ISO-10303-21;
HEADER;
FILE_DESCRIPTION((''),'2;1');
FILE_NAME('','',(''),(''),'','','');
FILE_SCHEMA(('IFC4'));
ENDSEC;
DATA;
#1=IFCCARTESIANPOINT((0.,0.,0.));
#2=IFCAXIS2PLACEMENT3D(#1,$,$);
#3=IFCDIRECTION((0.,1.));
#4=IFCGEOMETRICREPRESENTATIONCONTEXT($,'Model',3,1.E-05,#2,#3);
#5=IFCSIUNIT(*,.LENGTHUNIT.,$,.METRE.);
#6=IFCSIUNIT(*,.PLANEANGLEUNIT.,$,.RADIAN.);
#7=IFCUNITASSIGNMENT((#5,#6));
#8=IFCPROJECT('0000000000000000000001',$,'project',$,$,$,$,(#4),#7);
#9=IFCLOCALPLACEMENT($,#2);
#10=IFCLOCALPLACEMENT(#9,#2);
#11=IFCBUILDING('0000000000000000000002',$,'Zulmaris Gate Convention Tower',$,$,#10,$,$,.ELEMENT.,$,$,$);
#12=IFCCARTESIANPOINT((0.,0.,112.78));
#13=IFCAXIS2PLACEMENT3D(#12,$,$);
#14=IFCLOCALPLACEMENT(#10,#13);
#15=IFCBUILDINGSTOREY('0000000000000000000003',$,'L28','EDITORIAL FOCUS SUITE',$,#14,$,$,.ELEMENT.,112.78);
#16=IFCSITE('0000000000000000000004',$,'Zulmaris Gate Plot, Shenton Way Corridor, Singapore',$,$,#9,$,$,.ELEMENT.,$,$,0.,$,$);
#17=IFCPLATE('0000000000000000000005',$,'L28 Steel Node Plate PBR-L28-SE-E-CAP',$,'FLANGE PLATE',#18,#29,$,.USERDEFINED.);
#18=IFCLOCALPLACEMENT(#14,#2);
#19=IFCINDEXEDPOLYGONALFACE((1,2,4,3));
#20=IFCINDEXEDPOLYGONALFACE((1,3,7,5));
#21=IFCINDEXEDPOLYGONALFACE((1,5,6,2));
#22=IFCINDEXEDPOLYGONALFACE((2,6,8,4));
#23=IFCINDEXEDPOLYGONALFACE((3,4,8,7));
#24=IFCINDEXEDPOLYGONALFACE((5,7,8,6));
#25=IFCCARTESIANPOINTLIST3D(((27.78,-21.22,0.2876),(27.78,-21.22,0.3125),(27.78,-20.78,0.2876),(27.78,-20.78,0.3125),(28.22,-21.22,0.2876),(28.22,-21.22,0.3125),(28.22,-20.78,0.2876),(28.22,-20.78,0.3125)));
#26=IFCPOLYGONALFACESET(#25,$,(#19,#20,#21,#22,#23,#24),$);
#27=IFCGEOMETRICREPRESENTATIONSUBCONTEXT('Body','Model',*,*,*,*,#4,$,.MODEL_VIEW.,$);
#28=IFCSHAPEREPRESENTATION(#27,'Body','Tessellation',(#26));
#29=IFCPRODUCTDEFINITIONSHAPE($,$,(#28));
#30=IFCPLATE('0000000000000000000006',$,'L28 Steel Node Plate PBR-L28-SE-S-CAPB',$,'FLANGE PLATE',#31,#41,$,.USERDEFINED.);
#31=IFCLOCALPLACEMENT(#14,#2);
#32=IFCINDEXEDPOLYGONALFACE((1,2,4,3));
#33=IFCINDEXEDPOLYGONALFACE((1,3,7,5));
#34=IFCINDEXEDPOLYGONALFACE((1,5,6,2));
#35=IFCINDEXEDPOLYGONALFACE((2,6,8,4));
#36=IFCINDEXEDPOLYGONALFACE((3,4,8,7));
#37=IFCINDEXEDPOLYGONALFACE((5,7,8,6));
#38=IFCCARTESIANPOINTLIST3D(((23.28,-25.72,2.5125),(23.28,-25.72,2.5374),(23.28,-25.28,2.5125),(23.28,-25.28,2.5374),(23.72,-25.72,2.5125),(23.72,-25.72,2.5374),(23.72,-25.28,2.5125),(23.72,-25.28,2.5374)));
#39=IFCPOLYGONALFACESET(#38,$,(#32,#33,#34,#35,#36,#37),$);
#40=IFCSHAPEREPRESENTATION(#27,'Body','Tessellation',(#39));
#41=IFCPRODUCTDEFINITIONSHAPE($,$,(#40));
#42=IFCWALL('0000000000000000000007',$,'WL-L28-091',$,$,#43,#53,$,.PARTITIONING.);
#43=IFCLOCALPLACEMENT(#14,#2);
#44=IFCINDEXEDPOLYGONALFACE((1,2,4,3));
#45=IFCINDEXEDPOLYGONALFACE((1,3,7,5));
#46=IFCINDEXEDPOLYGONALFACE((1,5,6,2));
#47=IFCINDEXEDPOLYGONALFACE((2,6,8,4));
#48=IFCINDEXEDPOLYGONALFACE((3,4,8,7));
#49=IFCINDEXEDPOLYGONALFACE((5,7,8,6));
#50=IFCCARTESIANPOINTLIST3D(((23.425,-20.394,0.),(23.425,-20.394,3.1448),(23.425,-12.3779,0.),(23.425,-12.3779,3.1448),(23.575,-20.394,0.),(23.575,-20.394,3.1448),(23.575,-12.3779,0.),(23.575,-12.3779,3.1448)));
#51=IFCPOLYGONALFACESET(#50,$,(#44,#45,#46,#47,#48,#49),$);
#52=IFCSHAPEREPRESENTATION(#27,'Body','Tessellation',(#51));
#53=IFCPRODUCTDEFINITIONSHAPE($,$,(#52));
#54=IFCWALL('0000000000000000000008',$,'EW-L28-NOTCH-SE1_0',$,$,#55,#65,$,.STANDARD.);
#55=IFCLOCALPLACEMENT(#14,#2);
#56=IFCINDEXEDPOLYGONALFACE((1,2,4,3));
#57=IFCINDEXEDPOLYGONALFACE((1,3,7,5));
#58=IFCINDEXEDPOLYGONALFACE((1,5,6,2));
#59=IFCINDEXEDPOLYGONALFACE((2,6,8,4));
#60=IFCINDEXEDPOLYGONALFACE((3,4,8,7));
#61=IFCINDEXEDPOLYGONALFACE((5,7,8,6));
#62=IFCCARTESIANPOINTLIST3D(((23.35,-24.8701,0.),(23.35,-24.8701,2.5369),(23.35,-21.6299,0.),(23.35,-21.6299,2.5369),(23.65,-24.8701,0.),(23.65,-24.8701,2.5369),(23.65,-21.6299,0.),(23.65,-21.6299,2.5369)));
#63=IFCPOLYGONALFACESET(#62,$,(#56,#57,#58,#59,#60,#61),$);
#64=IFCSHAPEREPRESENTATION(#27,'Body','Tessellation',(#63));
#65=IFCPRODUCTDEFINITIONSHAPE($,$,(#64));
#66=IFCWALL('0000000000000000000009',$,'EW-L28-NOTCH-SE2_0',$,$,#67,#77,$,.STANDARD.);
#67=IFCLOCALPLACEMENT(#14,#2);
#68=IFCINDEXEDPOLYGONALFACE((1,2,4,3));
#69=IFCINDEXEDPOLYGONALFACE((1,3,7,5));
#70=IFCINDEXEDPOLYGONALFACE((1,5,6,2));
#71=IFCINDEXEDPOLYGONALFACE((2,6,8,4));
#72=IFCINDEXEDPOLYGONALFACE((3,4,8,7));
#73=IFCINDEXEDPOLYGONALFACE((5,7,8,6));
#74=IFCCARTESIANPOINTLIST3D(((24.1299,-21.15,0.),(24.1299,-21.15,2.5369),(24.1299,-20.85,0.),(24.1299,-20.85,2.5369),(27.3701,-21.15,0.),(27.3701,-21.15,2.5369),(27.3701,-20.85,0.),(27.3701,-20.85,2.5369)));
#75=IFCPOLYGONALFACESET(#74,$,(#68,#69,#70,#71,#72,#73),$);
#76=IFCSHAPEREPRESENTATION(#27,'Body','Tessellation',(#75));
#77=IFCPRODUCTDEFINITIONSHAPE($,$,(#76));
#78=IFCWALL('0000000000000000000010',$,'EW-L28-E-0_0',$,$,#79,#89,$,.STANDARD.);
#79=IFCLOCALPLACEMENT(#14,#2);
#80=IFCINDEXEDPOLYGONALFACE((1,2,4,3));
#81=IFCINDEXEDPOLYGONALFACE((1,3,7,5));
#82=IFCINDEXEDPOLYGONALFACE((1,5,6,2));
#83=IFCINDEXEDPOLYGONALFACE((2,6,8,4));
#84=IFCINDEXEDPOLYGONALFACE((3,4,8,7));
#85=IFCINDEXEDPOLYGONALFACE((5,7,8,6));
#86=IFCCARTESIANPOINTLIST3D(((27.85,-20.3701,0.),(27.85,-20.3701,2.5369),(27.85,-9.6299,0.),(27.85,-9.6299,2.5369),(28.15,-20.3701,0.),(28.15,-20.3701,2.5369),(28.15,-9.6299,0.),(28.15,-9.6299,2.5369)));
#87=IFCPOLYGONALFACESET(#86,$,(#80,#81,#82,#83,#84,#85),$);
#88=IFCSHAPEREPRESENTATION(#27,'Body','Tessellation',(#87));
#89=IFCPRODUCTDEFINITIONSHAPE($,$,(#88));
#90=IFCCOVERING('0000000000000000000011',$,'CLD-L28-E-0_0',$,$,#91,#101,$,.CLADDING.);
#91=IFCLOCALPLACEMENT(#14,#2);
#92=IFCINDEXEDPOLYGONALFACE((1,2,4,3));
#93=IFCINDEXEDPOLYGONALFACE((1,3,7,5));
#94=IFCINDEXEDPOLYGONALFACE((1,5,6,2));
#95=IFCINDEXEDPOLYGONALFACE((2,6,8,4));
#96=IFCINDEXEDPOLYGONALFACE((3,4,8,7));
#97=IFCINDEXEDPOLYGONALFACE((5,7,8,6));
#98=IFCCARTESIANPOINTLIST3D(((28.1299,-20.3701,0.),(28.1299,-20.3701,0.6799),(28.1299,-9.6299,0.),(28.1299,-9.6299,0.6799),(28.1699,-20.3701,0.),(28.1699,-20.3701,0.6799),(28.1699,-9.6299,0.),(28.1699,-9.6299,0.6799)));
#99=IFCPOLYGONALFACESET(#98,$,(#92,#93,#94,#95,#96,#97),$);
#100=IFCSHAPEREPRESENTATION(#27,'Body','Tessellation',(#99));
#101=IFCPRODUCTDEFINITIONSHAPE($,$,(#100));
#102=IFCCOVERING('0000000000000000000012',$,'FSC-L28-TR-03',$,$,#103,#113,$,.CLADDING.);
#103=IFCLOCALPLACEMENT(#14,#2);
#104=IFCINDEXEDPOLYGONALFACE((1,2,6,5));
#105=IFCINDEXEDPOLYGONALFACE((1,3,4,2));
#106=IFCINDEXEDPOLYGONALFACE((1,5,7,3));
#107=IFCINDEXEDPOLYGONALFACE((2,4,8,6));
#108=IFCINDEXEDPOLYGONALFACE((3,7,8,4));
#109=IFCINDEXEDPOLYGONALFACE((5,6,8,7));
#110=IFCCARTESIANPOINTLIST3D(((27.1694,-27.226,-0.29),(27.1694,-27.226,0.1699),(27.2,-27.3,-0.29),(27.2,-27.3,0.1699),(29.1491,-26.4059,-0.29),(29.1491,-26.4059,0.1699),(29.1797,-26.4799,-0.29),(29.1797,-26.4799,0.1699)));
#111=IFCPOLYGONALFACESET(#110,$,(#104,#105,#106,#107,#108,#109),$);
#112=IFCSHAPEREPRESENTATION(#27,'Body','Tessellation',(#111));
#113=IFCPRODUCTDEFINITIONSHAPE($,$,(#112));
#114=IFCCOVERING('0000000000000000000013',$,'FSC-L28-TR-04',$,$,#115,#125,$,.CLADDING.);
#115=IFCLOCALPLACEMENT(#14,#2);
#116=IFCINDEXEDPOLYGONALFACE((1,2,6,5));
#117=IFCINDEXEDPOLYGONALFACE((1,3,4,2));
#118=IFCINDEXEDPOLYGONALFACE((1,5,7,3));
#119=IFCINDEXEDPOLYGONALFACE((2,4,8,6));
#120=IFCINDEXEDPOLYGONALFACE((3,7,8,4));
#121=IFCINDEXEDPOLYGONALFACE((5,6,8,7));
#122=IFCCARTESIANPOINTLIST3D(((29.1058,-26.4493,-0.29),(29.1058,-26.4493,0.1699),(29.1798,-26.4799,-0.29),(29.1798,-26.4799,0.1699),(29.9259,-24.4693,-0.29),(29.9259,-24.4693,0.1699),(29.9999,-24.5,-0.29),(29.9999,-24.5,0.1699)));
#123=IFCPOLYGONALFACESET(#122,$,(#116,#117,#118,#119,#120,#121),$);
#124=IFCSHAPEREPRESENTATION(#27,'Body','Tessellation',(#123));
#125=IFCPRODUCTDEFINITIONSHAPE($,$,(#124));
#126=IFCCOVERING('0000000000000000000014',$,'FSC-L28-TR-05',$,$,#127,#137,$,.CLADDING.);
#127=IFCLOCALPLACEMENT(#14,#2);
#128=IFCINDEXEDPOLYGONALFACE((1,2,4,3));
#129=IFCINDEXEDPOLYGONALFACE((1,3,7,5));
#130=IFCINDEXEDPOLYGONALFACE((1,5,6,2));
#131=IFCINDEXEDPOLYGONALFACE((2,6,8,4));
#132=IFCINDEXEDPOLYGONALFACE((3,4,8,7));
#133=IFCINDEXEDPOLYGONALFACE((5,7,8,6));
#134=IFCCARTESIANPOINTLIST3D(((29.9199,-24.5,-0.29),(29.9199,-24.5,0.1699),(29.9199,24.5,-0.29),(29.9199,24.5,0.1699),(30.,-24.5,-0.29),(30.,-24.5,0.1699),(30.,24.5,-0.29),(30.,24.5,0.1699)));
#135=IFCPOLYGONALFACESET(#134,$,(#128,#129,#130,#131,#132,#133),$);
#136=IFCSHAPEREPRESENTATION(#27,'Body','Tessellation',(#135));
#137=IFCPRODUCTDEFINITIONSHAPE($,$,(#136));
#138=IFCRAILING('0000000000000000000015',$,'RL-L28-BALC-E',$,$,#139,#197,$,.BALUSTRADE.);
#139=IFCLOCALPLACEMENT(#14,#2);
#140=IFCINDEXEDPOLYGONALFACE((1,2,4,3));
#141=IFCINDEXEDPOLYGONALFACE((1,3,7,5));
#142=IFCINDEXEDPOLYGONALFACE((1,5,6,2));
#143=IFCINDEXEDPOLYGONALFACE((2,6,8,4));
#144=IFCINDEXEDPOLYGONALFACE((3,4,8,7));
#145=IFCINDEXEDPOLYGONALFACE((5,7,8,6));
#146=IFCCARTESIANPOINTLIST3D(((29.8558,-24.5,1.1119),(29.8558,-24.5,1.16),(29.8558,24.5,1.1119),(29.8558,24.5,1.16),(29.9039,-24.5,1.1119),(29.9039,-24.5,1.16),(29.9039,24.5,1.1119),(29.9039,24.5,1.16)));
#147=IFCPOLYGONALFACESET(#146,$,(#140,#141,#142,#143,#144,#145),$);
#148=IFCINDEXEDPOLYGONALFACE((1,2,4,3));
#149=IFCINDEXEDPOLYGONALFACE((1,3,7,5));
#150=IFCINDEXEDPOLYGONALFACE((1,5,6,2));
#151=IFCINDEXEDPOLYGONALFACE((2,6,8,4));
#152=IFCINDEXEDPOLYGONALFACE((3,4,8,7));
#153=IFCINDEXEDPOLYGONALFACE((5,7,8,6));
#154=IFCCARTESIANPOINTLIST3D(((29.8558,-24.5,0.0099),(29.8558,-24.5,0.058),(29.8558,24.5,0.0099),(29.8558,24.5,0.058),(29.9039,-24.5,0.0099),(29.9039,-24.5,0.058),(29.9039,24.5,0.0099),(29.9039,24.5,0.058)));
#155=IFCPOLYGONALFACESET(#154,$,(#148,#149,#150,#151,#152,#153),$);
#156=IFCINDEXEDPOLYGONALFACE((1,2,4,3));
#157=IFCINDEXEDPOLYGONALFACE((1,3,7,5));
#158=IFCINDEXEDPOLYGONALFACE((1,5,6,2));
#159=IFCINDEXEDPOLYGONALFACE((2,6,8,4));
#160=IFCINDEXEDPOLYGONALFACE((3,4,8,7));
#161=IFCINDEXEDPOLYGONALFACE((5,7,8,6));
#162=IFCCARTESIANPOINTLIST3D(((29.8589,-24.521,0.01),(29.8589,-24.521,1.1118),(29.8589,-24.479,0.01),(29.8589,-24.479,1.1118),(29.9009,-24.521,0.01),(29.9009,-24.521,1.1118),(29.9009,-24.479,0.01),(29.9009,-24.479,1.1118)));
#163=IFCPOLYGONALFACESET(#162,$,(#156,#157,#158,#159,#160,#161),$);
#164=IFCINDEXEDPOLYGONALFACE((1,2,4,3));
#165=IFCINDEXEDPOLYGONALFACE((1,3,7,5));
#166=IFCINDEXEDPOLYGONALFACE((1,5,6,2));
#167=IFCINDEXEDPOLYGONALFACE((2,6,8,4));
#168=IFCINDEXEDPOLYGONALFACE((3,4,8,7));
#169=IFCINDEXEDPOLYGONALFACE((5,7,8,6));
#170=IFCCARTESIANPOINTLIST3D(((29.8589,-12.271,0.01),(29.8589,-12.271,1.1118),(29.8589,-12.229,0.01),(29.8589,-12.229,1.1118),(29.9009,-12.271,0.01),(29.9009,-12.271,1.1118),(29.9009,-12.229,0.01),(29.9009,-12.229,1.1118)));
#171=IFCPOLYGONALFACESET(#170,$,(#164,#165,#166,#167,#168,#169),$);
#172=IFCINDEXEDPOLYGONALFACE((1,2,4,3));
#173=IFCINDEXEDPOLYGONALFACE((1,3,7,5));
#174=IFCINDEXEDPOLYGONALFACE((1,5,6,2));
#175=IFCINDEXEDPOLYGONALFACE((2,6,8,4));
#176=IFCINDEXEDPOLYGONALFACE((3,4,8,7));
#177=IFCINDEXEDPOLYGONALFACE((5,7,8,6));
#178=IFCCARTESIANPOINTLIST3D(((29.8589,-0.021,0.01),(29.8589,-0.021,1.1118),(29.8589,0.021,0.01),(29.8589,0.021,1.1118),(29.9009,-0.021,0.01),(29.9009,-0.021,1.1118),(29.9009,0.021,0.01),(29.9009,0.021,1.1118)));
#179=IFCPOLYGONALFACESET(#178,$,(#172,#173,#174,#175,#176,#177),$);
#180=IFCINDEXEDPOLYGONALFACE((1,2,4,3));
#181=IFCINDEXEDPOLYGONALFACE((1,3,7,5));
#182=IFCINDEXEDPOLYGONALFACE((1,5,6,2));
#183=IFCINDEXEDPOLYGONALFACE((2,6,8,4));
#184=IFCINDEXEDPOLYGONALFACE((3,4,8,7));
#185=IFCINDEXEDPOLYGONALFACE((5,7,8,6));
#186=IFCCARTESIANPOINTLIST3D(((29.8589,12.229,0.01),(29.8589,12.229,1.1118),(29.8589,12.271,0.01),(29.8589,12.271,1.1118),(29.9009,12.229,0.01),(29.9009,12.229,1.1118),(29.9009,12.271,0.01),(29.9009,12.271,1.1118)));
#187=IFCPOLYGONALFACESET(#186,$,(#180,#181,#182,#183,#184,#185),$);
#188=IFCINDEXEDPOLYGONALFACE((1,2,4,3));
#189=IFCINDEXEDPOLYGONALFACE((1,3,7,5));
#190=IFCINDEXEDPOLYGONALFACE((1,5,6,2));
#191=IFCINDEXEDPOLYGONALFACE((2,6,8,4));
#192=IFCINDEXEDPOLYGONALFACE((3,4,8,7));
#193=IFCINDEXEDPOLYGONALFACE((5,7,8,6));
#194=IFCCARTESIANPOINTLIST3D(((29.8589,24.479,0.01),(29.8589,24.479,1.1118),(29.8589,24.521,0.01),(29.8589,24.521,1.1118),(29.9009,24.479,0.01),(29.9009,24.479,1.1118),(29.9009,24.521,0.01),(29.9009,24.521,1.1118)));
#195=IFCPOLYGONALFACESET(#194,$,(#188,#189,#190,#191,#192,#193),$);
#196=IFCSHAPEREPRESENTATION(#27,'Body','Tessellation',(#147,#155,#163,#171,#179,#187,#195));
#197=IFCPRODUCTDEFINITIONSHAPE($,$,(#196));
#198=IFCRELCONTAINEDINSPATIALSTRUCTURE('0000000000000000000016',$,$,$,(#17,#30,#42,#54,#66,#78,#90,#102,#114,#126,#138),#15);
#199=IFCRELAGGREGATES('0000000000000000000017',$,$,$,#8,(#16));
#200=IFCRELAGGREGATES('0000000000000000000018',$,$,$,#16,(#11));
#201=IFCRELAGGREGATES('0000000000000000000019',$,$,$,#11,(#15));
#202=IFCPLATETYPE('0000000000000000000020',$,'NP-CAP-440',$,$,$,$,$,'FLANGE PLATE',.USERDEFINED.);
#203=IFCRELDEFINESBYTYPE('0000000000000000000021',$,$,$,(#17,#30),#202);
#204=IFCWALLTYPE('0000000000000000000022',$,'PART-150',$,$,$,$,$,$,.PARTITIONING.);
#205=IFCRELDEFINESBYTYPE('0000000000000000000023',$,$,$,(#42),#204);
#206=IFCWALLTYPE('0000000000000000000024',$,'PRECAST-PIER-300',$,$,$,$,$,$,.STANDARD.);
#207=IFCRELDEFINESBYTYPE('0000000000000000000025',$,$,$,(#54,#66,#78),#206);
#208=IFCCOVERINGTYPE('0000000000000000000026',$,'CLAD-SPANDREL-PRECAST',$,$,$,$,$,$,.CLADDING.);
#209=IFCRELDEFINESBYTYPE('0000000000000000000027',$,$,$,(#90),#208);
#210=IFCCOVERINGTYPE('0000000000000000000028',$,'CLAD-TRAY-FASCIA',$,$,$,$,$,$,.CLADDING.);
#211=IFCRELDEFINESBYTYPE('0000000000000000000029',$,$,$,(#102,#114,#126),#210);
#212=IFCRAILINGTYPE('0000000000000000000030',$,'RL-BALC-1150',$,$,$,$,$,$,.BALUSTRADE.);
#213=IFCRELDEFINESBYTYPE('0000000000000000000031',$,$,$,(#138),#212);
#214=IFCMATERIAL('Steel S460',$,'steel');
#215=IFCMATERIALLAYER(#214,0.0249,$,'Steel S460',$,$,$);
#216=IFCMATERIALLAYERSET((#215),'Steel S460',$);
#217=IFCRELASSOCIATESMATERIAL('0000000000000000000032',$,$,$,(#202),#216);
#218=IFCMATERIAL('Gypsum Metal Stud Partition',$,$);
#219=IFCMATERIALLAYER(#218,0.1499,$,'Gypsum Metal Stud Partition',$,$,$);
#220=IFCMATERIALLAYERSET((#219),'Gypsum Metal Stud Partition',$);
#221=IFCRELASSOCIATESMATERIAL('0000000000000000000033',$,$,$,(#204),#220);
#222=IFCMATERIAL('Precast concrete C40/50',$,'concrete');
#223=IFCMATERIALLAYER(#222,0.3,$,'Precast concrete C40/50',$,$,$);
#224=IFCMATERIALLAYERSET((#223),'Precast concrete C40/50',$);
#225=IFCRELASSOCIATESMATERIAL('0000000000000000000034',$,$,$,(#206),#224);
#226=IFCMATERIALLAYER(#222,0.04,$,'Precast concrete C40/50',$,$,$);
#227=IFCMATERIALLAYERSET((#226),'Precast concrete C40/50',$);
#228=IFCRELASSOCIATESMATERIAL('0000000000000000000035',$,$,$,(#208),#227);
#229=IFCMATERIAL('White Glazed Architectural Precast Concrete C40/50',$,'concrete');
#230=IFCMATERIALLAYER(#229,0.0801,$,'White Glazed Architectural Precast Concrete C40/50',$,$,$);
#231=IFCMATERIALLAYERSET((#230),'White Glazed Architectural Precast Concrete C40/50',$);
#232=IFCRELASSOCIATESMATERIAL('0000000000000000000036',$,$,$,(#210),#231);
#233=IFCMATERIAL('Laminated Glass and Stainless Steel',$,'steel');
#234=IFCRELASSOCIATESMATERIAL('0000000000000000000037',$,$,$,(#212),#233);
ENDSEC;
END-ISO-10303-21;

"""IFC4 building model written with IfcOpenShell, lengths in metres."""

from ifc_helpers import new_model, si_unit, direction, frame, frame_2d, origin, origin_2d, place, context, subcontext, project, spatial, rectangle, extrude, material, layer, layer_set, type_object, element, save


model = new_model("IFC4")

# Units and contexts
model_context = context("Model", 3, precision=1e-05, world=origin(), true_north=direction((0.0, 1.0)))
body_context = subcontext(model_context, "Body", "Model", "MODEL_VIEW")
ifc_project = project(units=[si_unit("LENGTHUNIT", "METRE"), si_unit("PLANEANGLEUNIT", "RADIAN")], contexts=[model_context])

# Site, building, storey
site_placement = place(None, origin())
site = spatial("IfcSite", under=ifc_project, at=site_placement, Name="Zulmaris Gate Plot, Shenton Way Corridor, Singapore", CompositionType="ELEMENT", RefElevation=0.0)
building_placement = place(site_placement, origin())
building = spatial("IfcBuilding", under=site, at=building_placement, Name="Zulmaris Gate Convention Tower", CompositionType="ELEMENT")
storey_placement = place(building_placement, frame((0.0, 0.0, 112.78)))
storey = spatial("IfcBuildingStorey", under=building, at=storey_placement, Name="L28", Description="EDITORIAL FOCUS SUITE", CompositionType="ELEMENT", Elevation=112.78)

# Shared definitions
ifc_material_1 = material(Name="Steel S460", Category="steel")

# Plates
ifc_layer_1 = layer(ifc_material_1, 0.0249, Name="Steel S460")
ifc_layer_set_1 = layer_set([ifc_layer_1], Name="Steel S460")
plate_type = type_object("IfcPlateType", Name="NP-CAP-440", ElementType="FLANGE PLATE", PredefinedType="USERDEFINED", material=ifc_layer_set_1)
for number, where, z_axis, x_axis, name in (
    (1, (28.0, -21.0, 0.2876), (0.0, 0.0, 1.0), (1.0, 0.0, 0.0), "L28 Steel Node Plate PBR-L28-SE-E-CAP"),
    (2, (23.5, -25.5, 2.5125), (0.0, 0.0, 1.0), (1.0, 0.0, 0.0), "L28 Steel Node Plate PBR-L28-SE-S-CAPB"),
):
    element("IfcPlate", number, at=place(storey_placement, frame(where, z_axis=z_axis, x_axis=x_axis)), inside=storey, type_object=plate_type, Name=name, ObjectType="FLANGE PLATE", PredefinedType="USERDEFINED", context=body_context, shape_type="SweptSolid", body=[
        extrude(rectangle(XDim=0.4399, YDim=0.4399, at=origin_2d()), origin(), (0.0, 0.0, 1.0), 0.0249),
    ])

# Shared definitions
ifc_material_2 = material(Name="Gypsum Metal Stud Partition")
ifc_layer_2 = layer(ifc_material_2, 0.1499, Name="Gypsum Metal Stud Partition")
ifc_layer_set_2 = layer_set([ifc_layer_2], Name="Gypsum Metal Stud Partition")
wall_type_1 = type_object("IfcWallType", Name="PART-150", PredefinedType="PARTITIONING", material=ifc_layer_set_2)

# Walls
wall_1_placement = place(storey_placement, frame((23.5, -20.394, 0.0), z_axis=(0.0, 0.0, 1.0), x_axis=(0.0, 1.0, 0.0)))
element("IfcWall", 3, at=wall_1_placement, inside=storey, type_object=wall_type_1, Name="WL-L28-091", PredefinedType="PARTITIONING", context=body_context, shape_type="SweptSolid", body=[
    extrude(rectangle(XDim=8.0161, YDim=0.1499, at=frame_2d((4.0081, 0.0))), origin(), (0.0, 0.0, 1.0), 3.1448),
])
ifc_material_3 = material(Name="Precast concrete C40/50", Category="concrete")
ifc_layer_3 = layer(ifc_material_3, 0.3, Name="Precast concrete C40/50")
ifc_layer_set_3 = layer_set([ifc_layer_3], Name="Precast concrete C40/50")
wall_type_2 = type_object("IfcWallType", Name="PRECAST-PIER-300", PredefinedType="STANDARD", material=ifc_layer_set_3)
for number, where, z_axis, x_axis, name in (
    (4, (23.5, -24.8701, 0.0), (0.0, 0.0, 1.0), (0.0, 1.0, 0.0), "EW-L28-NOTCH-SE1_0"),
    (5, (24.1299, -21.0, 0.0), (0.0, 0.0, 1.0), (1.0, 0.0, 0.0), "EW-L28-NOTCH-SE2_0"),
):
    element("IfcWall", number, at=place(storey_placement, frame(where, z_axis=z_axis, x_axis=x_axis)), inside=storey, type_object=wall_type_2, Name=name, PredefinedType="STANDARD", context=body_context, shape_type="SweptSolid", body=[
        extrude(rectangle(XDim=3.2402, YDim=0.3, at=frame_2d((1.6201, 0.0))), origin(), (0.0, 0.0, 1.0), 2.5369),
    ])
wall_2_placement = place(storey_placement, frame((28.0, -20.3701, 0.0), z_axis=(0.0, 0.0, 1.0), x_axis=(0.0, 1.0, 0.0)))
element("IfcWall", 6, at=wall_2_placement, inside=storey, type_object=wall_type_2, Name="EW-L28-E-0_0", PredefinedType="STANDARD", context=body_context, shape_type="SweptSolid", body=[
    extrude(rectangle(XDim=10.7402, YDim=0.3, at=frame_2d((5.3701, 0.0))), origin(), (0.0, 0.0, 1.0), 2.5369),
])

# Coverings
ifc_layer_4 = layer(ifc_material_3, 0.04, Name="Precast concrete C40/50")
ifc_layer_set_4 = layer_set([ifc_layer_4], Name="Precast concrete C40/50")
covering_type_1 = type_object("IfcCoveringType", Name="CLAD-SPANDREL-PRECAST", PredefinedType="CLADDING", material=ifc_layer_set_4)
covering_1_placement = place(storey_placement, frame((28.1499, -20.3701, 0.0), z_axis=(0.0, 0.0, 1.0), x_axis=(0.0, 1.0, 0.0)))
element("IfcCovering", 7, at=covering_1_placement, inside=storey, type_object=covering_type_1, Name="CLD-L28-E-0_0", PredefinedType="CLADDING", context=body_context, shape_type="SweptSolid", body=[
    extrude(rectangle(XDim=10.7402, YDim=0.04, at=frame_2d((5.3701, 0.0))), origin(), (0.0, 0.0, 1.0), 0.6799),
])
ifc_material_4 = material(Name="White Glazed Architectural Precast Concrete C40/50", Category="concrete")
ifc_layer_5 = layer(ifc_material_4, 0.0801, Name="White Glazed Architectural Precast Concrete C40/50")
ifc_layer_set_5 = layer_set([ifc_layer_5], Name="White Glazed Architectural Precast Concrete C40/50")
covering_type_2 = type_object("IfcCoveringType", Name="CLAD-TRAY-FASCIA", PredefinedType="CLADDING", material=ifc_layer_set_5)
covering_2_placement = place(storey_placement, frame((27.1848, -27.2629, -0.29), z_axis=(0.0, 0.0, 1.0), x_axis=(0.923874, 0.382697, 0.0)))
element("IfcCovering", 8, at=covering_2_placement, inside=storey, type_object=covering_type_2, Name="FSC-L28-TR-03", PredefinedType="CLADDING", context=body_context, shape_type="SweptSolid", body=[
    extrude(rectangle(XDim=2.1428, YDim=0.0801, at=frame_2d((1.0713, 0.0))), origin(), (0.0, 0.0, 1.0), 0.46),
])
covering_3_placement = place(storey_placement, frame((29.1428, -26.4646, -0.29), z_axis=(0.0, 0.0, 1.0), x_axis=(0.382657, 0.92389, 0.0)))
element("IfcCovering", 9, at=covering_3_placement, inside=storey, type_object=covering_type_2, Name="FSC-L28-TR-04", PredefinedType="CLADDING", context=body_context, shape_type="SweptSolid", body=[
    extrude(rectangle(XDim=2.1431, YDim=0.0801, at=frame_2d((1.0715, 0.0))), origin(), (0.0, 0.0, 1.0), 0.46),
])
covering_4_placement = place(storey_placement, frame((29.96, -24.5, -0.29), z_axis=(0.0, 0.0, 1.0), x_axis=(0.0, 1.0, 0.0)))
element("IfcCovering", 10, at=covering_4_placement, inside=storey, type_object=covering_type_2, Name="FSC-L28-TR-05", PredefinedType="CLADDING", context=body_context, shape_type="SweptSolid", body=[
    extrude(rectangle(XDim=49.0, YDim=0.0801, at=frame_2d((24.5, 0.0))), origin(), (0.0, 0.0, 1.0), 0.46),
])

# Railing
ifc_material_5 = material(Name="Laminated Glass and Stainless Steel", Category="steel")
railing_type = type_object("IfcRailingType", Name="RL-BALC-1150", PredefinedType="BALUSTRADE", material=ifc_material_5)
railing_placement = place(storey_placement, frame((29.8799, -24.5, 0.01)))
element("IfcRailing", 11, at=railing_placement, inside=storey, type_object=railing_type, Name="RL-L28-BALC-E", PredefinedType="BALUSTRADE", context=body_context, shape_type="SweptSolid", body=[
    extrude(rectangle(XDim=0.0481, YDim=0.0481, at=origin_2d()), frame((0.0, 0.0, 1.126), z_axis=(0.0, 1.0, 0.0), x_axis=(-1.0, 0.0, 0.0)), (0.0, 0.0, 1.0), 49.0),
    extrude(rectangle(XDim=0.0481, YDim=0.0481, at=origin_2d()), frame((0.0, 0.0, 0.0239), z_axis=(0.0, 1.0, 0.0), x_axis=(-1.0, 0.0, 0.0)), (0.0, 0.0, 1.0), 49.0),
    extrude(rectangle(XDim=0.042, YDim=0.042, at=origin_2d()), origin(), (0.0, 0.0, 1.0), 1.1018),
    extrude(rectangle(XDim=0.042, YDim=0.042, at=origin_2d()), frame((0.0, 12.25, 0.0)), (0.0, 0.0, 1.0), 1.1018),
    extrude(rectangle(XDim=0.042, YDim=0.042, at=origin_2d()), frame((0.0, 24.5, 0.0)), (0.0, 0.0, 1.0), 1.1018),
    extrude(rectangle(XDim=0.042, YDim=0.042, at=origin_2d()), frame((0.0, 36.75, 0.0)), (0.0, 0.0, 1.0), 1.1018),
    extrude(rectangle(XDim=0.042, YDim=0.042, at=origin_2d()), frame((0.0, 49.0, 0.0)), (0.0, 0.0, 1.0), 1.1018),
])

save(model, "model.ifc")
